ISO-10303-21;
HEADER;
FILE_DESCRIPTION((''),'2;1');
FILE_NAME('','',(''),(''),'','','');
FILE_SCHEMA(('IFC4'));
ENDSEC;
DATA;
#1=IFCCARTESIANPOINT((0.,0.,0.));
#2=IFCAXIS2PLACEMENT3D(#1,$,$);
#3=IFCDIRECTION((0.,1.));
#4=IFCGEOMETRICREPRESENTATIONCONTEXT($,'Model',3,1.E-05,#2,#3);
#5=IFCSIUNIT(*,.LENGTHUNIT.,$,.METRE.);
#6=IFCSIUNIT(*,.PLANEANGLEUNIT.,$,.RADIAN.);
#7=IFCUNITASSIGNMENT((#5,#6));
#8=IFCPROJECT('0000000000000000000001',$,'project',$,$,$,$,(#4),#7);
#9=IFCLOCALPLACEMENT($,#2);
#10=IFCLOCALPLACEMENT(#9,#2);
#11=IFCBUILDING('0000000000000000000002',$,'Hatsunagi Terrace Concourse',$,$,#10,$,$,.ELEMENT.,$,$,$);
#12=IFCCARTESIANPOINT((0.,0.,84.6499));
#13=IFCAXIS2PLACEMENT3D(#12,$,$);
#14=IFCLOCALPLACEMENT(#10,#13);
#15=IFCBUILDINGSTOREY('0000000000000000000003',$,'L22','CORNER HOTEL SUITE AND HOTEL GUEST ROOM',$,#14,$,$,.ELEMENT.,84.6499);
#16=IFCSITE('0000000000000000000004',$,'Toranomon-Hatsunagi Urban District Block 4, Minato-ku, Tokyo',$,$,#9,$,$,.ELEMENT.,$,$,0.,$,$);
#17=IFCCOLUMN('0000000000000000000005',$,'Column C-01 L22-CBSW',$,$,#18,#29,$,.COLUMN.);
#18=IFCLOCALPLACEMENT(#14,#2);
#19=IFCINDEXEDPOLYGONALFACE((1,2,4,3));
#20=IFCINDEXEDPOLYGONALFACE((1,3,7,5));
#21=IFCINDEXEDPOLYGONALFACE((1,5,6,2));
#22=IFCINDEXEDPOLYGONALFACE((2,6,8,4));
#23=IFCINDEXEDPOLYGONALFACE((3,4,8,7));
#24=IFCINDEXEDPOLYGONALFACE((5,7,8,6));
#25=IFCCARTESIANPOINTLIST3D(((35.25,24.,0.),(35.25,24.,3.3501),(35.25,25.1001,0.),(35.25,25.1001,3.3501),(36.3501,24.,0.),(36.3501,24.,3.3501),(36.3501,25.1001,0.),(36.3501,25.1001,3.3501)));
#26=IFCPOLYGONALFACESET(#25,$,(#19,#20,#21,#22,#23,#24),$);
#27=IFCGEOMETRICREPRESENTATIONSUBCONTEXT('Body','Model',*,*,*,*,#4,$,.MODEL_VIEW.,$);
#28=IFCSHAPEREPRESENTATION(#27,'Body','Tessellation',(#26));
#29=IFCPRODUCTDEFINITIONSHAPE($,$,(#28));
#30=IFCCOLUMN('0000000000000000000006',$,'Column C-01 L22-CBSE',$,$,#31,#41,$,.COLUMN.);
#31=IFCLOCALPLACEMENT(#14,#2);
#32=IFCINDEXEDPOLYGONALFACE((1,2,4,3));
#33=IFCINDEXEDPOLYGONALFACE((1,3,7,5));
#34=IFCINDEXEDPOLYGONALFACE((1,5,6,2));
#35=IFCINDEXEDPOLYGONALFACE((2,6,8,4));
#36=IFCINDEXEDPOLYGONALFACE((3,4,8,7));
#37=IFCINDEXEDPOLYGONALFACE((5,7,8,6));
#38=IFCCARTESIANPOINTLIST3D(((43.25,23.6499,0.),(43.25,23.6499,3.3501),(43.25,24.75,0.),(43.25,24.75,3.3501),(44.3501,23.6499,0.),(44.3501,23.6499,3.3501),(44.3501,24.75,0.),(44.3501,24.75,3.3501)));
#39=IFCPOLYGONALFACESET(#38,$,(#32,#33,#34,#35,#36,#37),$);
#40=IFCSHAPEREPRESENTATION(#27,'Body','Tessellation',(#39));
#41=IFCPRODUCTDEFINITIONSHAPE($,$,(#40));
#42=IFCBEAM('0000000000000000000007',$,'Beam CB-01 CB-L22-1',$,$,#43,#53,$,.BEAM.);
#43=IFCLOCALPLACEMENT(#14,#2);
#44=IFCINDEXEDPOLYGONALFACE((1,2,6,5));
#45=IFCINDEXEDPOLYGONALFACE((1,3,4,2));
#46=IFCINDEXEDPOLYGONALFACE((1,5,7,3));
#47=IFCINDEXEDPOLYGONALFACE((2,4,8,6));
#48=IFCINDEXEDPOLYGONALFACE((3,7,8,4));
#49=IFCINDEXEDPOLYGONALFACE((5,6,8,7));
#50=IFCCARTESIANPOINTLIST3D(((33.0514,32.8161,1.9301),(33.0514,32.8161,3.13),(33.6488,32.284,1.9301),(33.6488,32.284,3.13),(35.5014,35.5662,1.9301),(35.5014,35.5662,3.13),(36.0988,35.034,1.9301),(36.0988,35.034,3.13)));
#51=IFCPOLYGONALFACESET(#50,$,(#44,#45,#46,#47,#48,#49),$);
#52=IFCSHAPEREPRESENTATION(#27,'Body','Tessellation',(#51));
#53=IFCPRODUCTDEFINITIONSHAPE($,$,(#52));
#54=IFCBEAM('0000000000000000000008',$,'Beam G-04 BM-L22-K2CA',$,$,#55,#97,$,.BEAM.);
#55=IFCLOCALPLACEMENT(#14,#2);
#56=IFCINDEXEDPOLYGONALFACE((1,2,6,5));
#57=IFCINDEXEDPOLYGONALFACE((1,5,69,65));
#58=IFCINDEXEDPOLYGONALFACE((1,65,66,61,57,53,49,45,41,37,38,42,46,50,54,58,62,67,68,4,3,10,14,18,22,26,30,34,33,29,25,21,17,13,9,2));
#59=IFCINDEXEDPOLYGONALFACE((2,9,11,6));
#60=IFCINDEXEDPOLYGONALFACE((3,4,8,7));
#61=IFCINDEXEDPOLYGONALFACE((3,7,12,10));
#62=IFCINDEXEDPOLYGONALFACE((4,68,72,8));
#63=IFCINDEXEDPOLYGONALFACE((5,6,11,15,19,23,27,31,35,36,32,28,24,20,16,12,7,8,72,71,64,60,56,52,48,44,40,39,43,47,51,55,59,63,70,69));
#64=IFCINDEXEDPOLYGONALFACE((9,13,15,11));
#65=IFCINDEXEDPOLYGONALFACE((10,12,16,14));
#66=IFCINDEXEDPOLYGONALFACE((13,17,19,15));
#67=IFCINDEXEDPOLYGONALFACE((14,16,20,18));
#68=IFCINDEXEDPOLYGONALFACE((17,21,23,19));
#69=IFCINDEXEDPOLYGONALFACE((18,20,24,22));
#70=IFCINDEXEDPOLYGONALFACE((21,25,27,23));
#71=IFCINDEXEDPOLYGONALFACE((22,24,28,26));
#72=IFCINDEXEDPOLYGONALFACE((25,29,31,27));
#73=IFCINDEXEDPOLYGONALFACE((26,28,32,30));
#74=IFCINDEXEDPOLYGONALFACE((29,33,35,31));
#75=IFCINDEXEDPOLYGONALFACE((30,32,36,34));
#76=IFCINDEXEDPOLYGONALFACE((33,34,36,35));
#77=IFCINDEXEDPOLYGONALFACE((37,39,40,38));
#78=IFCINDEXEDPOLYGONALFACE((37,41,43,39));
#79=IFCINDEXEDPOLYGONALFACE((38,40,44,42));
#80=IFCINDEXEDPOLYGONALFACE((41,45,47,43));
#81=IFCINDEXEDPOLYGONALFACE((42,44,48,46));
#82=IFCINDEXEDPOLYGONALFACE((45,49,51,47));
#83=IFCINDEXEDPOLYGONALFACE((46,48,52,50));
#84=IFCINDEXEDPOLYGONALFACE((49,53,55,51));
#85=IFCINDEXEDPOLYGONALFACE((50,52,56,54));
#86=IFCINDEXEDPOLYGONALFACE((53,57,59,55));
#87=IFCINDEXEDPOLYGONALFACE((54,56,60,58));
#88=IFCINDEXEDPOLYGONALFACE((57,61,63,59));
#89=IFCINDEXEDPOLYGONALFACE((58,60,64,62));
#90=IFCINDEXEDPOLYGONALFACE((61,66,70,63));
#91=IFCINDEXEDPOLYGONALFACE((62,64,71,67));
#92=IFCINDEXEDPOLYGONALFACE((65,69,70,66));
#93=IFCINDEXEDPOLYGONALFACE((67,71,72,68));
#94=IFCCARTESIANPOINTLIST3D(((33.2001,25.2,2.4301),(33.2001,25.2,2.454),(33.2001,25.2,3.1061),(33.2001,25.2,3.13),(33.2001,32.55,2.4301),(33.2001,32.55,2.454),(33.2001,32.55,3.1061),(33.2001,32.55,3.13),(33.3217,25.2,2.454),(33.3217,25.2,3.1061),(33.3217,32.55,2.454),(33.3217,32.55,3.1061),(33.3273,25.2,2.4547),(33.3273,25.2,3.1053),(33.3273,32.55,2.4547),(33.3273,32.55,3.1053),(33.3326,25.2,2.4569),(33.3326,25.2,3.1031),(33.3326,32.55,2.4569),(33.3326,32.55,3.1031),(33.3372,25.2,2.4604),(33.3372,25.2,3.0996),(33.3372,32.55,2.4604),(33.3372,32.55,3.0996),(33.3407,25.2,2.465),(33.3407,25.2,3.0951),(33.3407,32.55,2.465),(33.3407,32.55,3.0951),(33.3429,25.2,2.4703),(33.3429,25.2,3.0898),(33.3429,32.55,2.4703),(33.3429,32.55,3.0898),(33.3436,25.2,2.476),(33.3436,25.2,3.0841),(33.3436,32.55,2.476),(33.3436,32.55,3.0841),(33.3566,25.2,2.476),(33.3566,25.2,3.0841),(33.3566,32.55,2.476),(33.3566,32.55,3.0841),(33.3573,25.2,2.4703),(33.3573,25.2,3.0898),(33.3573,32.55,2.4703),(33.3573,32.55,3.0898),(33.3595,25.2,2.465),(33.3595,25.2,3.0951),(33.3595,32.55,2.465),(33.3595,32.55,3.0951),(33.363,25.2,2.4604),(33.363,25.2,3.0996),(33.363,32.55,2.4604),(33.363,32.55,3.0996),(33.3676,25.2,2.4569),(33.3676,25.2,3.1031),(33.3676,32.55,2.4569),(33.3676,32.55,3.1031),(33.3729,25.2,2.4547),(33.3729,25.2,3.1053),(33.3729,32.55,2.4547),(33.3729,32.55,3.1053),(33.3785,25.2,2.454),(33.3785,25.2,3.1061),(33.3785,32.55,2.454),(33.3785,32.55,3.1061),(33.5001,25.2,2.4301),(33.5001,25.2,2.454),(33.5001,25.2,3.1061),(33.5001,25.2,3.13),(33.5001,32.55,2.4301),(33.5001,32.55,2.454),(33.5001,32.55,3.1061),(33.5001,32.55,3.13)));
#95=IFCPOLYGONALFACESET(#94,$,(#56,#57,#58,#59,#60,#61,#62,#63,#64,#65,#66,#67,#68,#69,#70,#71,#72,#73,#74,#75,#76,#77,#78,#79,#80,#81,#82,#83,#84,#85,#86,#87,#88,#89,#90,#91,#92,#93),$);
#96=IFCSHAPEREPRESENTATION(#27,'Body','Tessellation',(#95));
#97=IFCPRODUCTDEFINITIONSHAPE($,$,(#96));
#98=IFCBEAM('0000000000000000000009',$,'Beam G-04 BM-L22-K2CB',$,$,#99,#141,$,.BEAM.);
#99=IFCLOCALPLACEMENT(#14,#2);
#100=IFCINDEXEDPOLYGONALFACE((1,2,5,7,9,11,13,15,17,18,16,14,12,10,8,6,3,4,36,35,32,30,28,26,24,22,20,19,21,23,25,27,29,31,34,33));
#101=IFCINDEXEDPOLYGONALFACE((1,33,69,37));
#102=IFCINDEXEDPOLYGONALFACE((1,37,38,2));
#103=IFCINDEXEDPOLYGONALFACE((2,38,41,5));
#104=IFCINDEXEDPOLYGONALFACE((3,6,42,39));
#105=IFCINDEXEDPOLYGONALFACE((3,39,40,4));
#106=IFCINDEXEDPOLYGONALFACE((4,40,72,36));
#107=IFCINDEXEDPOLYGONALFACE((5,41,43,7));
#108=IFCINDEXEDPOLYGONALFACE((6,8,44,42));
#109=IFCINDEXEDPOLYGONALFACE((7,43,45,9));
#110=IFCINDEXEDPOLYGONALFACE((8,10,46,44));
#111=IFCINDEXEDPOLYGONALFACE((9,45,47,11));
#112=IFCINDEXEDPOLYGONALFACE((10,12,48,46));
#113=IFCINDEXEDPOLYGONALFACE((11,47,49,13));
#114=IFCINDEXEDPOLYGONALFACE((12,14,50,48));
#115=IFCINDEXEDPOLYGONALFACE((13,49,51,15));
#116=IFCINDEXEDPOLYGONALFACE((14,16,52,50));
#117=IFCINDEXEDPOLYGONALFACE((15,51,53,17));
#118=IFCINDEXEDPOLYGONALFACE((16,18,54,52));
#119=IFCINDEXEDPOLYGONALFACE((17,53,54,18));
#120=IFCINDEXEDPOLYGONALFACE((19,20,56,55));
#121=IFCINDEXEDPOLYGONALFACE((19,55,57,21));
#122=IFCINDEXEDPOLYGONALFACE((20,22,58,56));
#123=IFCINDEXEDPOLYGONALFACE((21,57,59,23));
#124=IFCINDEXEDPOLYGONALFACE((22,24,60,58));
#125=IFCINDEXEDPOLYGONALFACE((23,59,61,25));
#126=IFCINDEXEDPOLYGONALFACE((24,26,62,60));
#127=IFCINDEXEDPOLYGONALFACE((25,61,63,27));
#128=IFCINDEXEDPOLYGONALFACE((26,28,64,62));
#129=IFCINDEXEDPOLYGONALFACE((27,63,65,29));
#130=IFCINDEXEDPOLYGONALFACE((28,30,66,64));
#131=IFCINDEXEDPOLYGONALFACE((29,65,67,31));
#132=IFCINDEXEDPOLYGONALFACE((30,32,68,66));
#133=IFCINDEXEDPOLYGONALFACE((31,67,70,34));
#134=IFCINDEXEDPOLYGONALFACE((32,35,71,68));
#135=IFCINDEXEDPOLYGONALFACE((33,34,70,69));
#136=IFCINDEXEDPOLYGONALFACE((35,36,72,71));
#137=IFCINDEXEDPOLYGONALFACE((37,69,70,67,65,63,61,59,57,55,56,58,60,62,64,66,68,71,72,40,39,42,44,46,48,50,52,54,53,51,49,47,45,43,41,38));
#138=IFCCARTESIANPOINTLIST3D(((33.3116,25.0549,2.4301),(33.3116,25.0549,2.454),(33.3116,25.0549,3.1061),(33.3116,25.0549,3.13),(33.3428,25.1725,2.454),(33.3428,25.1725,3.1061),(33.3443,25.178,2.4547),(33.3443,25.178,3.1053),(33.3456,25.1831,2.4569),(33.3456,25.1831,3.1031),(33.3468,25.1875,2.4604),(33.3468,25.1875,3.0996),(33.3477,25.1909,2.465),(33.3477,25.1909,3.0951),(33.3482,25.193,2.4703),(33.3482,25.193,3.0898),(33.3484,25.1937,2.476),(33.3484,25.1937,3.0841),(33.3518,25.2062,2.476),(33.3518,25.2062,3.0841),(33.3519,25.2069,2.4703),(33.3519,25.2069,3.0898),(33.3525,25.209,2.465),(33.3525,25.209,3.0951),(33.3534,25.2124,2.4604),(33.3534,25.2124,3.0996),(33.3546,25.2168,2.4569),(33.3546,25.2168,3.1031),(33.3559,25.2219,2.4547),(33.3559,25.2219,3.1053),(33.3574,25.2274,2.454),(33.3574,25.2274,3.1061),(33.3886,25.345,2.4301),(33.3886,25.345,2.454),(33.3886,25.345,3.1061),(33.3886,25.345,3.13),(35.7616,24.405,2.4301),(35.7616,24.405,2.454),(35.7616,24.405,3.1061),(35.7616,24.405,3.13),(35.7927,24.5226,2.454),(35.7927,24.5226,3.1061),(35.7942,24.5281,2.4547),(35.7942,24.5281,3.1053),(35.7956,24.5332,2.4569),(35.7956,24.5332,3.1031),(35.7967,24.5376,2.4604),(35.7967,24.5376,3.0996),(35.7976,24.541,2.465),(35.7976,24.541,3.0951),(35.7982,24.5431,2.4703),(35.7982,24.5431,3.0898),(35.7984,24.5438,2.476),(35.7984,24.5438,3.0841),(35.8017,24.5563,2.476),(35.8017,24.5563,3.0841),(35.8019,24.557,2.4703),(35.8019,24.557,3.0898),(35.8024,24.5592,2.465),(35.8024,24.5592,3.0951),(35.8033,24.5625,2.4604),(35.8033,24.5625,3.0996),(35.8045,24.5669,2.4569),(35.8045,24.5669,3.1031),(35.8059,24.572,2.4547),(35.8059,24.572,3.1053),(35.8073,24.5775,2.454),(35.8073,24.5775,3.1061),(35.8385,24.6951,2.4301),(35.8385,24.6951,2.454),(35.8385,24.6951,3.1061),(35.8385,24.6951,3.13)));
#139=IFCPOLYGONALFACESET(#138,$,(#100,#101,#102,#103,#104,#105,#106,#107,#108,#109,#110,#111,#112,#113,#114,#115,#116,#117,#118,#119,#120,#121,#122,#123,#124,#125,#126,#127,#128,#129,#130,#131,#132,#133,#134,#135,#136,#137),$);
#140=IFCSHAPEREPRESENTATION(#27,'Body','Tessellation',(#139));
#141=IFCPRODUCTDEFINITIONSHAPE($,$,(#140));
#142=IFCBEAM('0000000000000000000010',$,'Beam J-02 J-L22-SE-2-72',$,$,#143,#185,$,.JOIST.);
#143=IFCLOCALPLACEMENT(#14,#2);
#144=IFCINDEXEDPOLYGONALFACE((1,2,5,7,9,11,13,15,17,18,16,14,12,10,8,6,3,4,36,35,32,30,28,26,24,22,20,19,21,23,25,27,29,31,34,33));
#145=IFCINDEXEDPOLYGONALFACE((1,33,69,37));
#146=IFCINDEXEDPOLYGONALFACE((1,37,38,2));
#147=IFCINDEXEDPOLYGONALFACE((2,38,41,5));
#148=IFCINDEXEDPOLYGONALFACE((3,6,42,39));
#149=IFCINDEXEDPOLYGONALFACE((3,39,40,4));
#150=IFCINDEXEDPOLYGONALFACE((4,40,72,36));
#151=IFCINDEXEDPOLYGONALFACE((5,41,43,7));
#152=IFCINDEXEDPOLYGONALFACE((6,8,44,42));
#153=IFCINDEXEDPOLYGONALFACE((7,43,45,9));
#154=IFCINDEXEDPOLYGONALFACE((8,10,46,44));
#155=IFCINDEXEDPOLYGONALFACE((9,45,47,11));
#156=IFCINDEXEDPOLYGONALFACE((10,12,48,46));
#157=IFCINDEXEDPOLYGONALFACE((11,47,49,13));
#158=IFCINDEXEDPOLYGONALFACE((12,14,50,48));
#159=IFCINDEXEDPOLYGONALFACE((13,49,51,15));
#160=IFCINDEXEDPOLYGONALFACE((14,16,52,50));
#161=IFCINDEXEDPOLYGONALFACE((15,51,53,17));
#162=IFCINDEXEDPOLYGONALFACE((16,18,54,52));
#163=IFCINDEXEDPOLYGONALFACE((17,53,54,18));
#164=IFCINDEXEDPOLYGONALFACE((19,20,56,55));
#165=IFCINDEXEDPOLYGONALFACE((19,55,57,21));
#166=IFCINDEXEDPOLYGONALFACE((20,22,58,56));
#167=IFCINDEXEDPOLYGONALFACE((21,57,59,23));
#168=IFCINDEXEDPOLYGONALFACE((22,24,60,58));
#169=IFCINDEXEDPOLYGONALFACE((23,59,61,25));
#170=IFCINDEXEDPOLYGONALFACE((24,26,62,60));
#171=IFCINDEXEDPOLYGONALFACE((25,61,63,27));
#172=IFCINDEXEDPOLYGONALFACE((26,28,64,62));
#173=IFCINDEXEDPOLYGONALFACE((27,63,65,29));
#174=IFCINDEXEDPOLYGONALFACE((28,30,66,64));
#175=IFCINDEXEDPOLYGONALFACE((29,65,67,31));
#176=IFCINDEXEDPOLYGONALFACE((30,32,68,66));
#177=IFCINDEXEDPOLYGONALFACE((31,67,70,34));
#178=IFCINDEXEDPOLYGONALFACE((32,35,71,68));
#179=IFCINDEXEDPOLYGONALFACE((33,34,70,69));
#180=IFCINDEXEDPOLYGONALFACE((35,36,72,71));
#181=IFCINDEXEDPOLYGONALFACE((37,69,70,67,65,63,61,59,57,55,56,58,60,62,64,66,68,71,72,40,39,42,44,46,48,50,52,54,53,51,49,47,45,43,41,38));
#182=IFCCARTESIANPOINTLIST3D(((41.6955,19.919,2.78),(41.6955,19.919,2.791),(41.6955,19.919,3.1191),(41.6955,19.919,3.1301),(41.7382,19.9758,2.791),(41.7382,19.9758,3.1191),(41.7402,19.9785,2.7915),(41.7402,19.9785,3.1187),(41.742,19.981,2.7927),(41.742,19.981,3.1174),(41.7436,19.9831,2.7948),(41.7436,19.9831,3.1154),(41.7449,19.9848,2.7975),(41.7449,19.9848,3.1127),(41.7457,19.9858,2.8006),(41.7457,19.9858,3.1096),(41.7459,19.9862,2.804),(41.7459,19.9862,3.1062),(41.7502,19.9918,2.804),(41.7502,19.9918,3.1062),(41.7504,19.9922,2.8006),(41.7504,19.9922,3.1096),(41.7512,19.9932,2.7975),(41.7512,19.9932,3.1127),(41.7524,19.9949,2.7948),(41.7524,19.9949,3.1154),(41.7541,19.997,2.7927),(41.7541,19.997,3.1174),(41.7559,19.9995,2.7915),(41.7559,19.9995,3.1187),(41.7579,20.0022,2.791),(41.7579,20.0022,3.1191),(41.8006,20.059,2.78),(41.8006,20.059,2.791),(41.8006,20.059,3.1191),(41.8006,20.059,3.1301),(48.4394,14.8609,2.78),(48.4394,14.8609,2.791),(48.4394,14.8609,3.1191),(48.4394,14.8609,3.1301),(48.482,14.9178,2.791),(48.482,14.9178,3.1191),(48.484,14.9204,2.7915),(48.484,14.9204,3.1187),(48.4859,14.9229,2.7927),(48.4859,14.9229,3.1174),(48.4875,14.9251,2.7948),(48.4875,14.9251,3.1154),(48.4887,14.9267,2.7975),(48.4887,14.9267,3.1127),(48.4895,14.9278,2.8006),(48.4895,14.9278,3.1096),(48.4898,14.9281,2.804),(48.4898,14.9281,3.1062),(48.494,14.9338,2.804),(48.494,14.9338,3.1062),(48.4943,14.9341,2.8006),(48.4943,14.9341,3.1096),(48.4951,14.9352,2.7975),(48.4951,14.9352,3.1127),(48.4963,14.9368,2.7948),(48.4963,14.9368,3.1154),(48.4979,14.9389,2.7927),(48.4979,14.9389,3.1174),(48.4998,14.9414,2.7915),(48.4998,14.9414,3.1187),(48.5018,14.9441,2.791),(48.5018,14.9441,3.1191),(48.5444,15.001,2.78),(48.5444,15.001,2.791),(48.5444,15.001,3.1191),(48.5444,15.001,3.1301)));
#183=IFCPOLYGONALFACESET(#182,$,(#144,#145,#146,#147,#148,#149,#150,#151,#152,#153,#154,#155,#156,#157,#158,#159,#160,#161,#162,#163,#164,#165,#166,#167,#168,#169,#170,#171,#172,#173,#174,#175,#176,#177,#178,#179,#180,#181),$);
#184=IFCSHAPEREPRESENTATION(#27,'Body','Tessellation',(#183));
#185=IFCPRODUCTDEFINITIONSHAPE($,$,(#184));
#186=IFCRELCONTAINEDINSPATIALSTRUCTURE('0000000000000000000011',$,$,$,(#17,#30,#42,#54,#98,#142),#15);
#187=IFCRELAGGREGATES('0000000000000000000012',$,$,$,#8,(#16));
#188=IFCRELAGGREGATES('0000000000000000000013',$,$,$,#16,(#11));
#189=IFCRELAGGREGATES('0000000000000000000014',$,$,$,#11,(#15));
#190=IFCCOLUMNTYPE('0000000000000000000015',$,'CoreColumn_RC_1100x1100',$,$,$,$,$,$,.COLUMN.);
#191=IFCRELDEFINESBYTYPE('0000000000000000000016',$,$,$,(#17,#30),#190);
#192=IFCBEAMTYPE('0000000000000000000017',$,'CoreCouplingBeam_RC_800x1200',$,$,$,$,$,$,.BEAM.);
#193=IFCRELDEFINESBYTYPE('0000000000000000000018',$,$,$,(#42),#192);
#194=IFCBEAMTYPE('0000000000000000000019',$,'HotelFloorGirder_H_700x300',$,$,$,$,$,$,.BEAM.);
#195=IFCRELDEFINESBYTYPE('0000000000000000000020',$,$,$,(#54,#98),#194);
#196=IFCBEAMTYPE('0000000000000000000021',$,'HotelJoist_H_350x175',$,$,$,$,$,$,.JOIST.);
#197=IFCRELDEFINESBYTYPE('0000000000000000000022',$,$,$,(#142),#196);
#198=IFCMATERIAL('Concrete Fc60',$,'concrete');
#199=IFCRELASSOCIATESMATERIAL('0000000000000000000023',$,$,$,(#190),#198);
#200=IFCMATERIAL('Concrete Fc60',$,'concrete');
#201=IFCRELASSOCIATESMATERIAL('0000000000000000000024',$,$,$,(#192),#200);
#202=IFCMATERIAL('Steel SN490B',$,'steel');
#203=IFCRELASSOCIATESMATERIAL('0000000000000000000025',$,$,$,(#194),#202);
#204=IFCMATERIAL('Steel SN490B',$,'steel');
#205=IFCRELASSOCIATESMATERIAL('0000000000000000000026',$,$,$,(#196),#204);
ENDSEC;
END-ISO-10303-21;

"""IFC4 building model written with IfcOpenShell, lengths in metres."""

from ifc_helpers import new_model, si_unit, direction, frame, origin, origin_2d, place, context, subcontext, project, spatial, rectangle, i_section, extrude, material, material_profile, profile_set, type_object, element, save


model = new_model("IFC4")

# Units and contexts
model_context = context("Model", 3, precision=1e-05, world=origin(), true_north=direction((0.0, 1.0)))
body_context = subcontext(model_context, "Body", "Model", "MODEL_VIEW")
ifc_project = project(units=[si_unit("LENGTHUNIT", "METRE"), si_unit("PLANEANGLEUNIT", "RADIAN")], contexts=[model_context])

# Site, building, storey
site_placement = place(None, origin())
site = spatial("IfcSite", under=ifc_project, at=site_placement, Name="Toranomon-Hatsunagi Urban District Block 4, Minato-ku, Tokyo", CompositionType="ELEMENT", RefElevation=0.0)
building_placement = place(site_placement, origin())
building = spatial("IfcBuilding", under=site, at=building_placement, Name="Hatsunagi Terrace Concourse", CompositionType="ELEMENT")
storey_placement = place(building_placement, frame((0.0, 0.0, 84.6499)))
storey = spatial("IfcBuildingStorey", under=building, at=storey_placement, Name="L22", Description="CORNER HOTEL SUITE AND HOTEL GUEST ROOM", CompositionType="ELEMENT", Elevation=84.6499)

# Columns
ifc_material_1 = material(Name="Concrete Fc60", Category="concrete")
ifc_material_profile_1 = material_profile(ifc_material_1, rectangle(XDim=1.1001, YDim=1.1001, at=origin_2d()), Name="RC-1100x1100")
ifc_profile_set_1 = profile_set([ifc_material_profile_1], Name="Concrete Fc60")
column_type = type_object("IfcColumnType", Name="CoreColumn_RC_1100x1100", PredefinedType="COLUMN", material=ifc_profile_set_1)
for number, where, z_axis, x_axis, name in (
    (1, (35.8, 24.55, 0.0), (0.0, 0.0, 1.0), (1.0, 0.0, 0.0), "Column C-01 L22-CBSW"),
    (2, (43.8, 24.2, 0.0), (0.0, 0.0, 1.0), (1.0, 0.0, 0.0), "Column C-01 L22-CBSE"),
):
    element("IfcColumn", number, at=place(storey_placement, frame(where, z_axis=z_axis, x_axis=x_axis)), inside=storey, type_object=column_type, Name=name, PredefinedType="COLUMN", context=body_context, shape_type="SweptSolid", body=[
        extrude(rectangle(XDim=1.1001, YDim=1.1001, at=origin_2d()), origin(), (0.0, 0.0, 1.0), 3.3501),
    ])

# Beams
ifc_material_2 = material(Name="Concrete Fc60", Category="concrete")
ifc_material_profile_2 = material_profile(ifc_material_2, rectangle(XDim=0.8, YDim=1.2, at=origin_2d()), Name="RC-800x1200")
ifc_profile_set_2 = profile_set([ifc_material_profile_2], Name="Concrete Fc60")
beam_type_1 = type_object("IfcBeamType", Name="CoreCouplingBeam_RC_800x1200", PredefinedType="BEAM", material=ifc_profile_set_2)
beam_1_placement = place(storey_placement, frame((33.3501, 32.55, 2.53), z_axis=(0.665199, 0.746666, 0.0), x_axis=(-0.746666, 0.665199, 0.0)))
element("IfcBeam", 3, at=beam_1_placement, inside=storey, type_object=beam_type_1, Name="Beam CB-01 CB-L22-1", PredefinedType="BEAM", context=body_context, shape_type="SweptSolid", body=[
    extrude(rectangle(XDim=0.8, YDim=1.2, at=origin_2d()), origin(), (0.0, 0.0, 1.0), 3.6831),
])
ifc_material_3 = material(Name="Steel SN490B", Category="steel")
ifc_material_profile_3 = material_profile(ifc_material_3, i_section(OverallWidth=0.3, OverallDepth=0.7, WebThickness=0.0129, FlangeThickness=0.0239, FilletRadius=0.022, at=origin_2d()), Name="H-700x300x13x24")
ifc_profile_set_3 = profile_set([ifc_material_profile_3], Name="Steel SN490B")
beam_type_2 = type_object("IfcBeamType", Name="HotelFloorGirder_H_700x300", PredefinedType="BEAM", material=ifc_profile_set_3)
beam_2_placement = place(storey_placement, frame((33.3501, 25.2, 2.78), z_axis=(0.0, 1.0, 0.0), x_axis=(-1.0, 0.0, 0.0)))
element("IfcBeam", 4, at=beam_2_placement, inside=storey, type_object=beam_type_2, Name="Beam G-04 BM-L22-K2CA", PredefinedType="BEAM", context=body_context, shape_type="SweptSolid", body=[
    extrude(i_section(OverallWidth=0.3, OverallDepth=0.7, WebThickness=0.0129, FlangeThickness=0.0239, FilletRadius=0.022, at=origin_2d()), origin(), (0.0, 0.0, 1.0), 7.3501),
])
beam_3_placement = place(storey_placement, frame((33.3501, 25.2, 2.78), z_axis=(0.96657, -0.256403, 0.0), x_axis=(0.256403, 0.96657, 0.0)))
element("IfcBeam", 5, at=beam_3_placement, inside=storey, type_object=beam_type_2, Name="Beam G-04 BM-L22-K2CB", PredefinedType="BEAM", context=body_context, shape_type="SweptSolid", body=[
    extrude(i_section(OverallWidth=0.3, OverallDepth=0.7, WebThickness=0.0129, FlangeThickness=0.0239, FilletRadius=0.022, at=origin_2d()), origin(), (0.0, 0.0, 1.0), 2.5347),
])
ifc_material_4 = material(Name="Steel SN490B", Category="steel")
ifc_material_profile_4 = material_profile(ifc_material_4, i_section(OverallWidth=0.175, OverallDepth=0.3501, WebThickness=0.0071, FlangeThickness=0.011, FilletRadius=0.0129, at=origin_2d()), Name="H-350x175x7x11")
ifc_profile_set_4 = profile_set([ifc_material_profile_4], Name="Steel SN490B")
beam_type_3 = type_object("IfcBeamType", Name="HotelJoist_H_350x175", PredefinedType="JOIST", material=ifc_profile_set_4)
for number, where, z_axis, x_axis, name in (
    (6, (41.748, 19.989, 2.9551), (0.79999, -0.600014, 0.0), (0.600014, 0.79999, 0.0), "Beam J-02 J-L22-SE-2-72"),
):
    element("IfcBeam", number, at=place(storey_placement, frame(where, z_axis=z_axis, x_axis=x_axis)), inside=storey, type_object=beam_type_3, Name=name, PredefinedType="JOIST", context=body_context, shape_type="SweptSolid", body=[
        extrude(i_section(OverallWidth=0.175, OverallDepth=0.3501, WebThickness=0.0071, FlangeThickness=0.011, FilletRadius=0.0129, at=origin_2d()), origin(), (0.0, 0.0, 1.0), 8.4299),
    ])

save(model, "model.ifc")
